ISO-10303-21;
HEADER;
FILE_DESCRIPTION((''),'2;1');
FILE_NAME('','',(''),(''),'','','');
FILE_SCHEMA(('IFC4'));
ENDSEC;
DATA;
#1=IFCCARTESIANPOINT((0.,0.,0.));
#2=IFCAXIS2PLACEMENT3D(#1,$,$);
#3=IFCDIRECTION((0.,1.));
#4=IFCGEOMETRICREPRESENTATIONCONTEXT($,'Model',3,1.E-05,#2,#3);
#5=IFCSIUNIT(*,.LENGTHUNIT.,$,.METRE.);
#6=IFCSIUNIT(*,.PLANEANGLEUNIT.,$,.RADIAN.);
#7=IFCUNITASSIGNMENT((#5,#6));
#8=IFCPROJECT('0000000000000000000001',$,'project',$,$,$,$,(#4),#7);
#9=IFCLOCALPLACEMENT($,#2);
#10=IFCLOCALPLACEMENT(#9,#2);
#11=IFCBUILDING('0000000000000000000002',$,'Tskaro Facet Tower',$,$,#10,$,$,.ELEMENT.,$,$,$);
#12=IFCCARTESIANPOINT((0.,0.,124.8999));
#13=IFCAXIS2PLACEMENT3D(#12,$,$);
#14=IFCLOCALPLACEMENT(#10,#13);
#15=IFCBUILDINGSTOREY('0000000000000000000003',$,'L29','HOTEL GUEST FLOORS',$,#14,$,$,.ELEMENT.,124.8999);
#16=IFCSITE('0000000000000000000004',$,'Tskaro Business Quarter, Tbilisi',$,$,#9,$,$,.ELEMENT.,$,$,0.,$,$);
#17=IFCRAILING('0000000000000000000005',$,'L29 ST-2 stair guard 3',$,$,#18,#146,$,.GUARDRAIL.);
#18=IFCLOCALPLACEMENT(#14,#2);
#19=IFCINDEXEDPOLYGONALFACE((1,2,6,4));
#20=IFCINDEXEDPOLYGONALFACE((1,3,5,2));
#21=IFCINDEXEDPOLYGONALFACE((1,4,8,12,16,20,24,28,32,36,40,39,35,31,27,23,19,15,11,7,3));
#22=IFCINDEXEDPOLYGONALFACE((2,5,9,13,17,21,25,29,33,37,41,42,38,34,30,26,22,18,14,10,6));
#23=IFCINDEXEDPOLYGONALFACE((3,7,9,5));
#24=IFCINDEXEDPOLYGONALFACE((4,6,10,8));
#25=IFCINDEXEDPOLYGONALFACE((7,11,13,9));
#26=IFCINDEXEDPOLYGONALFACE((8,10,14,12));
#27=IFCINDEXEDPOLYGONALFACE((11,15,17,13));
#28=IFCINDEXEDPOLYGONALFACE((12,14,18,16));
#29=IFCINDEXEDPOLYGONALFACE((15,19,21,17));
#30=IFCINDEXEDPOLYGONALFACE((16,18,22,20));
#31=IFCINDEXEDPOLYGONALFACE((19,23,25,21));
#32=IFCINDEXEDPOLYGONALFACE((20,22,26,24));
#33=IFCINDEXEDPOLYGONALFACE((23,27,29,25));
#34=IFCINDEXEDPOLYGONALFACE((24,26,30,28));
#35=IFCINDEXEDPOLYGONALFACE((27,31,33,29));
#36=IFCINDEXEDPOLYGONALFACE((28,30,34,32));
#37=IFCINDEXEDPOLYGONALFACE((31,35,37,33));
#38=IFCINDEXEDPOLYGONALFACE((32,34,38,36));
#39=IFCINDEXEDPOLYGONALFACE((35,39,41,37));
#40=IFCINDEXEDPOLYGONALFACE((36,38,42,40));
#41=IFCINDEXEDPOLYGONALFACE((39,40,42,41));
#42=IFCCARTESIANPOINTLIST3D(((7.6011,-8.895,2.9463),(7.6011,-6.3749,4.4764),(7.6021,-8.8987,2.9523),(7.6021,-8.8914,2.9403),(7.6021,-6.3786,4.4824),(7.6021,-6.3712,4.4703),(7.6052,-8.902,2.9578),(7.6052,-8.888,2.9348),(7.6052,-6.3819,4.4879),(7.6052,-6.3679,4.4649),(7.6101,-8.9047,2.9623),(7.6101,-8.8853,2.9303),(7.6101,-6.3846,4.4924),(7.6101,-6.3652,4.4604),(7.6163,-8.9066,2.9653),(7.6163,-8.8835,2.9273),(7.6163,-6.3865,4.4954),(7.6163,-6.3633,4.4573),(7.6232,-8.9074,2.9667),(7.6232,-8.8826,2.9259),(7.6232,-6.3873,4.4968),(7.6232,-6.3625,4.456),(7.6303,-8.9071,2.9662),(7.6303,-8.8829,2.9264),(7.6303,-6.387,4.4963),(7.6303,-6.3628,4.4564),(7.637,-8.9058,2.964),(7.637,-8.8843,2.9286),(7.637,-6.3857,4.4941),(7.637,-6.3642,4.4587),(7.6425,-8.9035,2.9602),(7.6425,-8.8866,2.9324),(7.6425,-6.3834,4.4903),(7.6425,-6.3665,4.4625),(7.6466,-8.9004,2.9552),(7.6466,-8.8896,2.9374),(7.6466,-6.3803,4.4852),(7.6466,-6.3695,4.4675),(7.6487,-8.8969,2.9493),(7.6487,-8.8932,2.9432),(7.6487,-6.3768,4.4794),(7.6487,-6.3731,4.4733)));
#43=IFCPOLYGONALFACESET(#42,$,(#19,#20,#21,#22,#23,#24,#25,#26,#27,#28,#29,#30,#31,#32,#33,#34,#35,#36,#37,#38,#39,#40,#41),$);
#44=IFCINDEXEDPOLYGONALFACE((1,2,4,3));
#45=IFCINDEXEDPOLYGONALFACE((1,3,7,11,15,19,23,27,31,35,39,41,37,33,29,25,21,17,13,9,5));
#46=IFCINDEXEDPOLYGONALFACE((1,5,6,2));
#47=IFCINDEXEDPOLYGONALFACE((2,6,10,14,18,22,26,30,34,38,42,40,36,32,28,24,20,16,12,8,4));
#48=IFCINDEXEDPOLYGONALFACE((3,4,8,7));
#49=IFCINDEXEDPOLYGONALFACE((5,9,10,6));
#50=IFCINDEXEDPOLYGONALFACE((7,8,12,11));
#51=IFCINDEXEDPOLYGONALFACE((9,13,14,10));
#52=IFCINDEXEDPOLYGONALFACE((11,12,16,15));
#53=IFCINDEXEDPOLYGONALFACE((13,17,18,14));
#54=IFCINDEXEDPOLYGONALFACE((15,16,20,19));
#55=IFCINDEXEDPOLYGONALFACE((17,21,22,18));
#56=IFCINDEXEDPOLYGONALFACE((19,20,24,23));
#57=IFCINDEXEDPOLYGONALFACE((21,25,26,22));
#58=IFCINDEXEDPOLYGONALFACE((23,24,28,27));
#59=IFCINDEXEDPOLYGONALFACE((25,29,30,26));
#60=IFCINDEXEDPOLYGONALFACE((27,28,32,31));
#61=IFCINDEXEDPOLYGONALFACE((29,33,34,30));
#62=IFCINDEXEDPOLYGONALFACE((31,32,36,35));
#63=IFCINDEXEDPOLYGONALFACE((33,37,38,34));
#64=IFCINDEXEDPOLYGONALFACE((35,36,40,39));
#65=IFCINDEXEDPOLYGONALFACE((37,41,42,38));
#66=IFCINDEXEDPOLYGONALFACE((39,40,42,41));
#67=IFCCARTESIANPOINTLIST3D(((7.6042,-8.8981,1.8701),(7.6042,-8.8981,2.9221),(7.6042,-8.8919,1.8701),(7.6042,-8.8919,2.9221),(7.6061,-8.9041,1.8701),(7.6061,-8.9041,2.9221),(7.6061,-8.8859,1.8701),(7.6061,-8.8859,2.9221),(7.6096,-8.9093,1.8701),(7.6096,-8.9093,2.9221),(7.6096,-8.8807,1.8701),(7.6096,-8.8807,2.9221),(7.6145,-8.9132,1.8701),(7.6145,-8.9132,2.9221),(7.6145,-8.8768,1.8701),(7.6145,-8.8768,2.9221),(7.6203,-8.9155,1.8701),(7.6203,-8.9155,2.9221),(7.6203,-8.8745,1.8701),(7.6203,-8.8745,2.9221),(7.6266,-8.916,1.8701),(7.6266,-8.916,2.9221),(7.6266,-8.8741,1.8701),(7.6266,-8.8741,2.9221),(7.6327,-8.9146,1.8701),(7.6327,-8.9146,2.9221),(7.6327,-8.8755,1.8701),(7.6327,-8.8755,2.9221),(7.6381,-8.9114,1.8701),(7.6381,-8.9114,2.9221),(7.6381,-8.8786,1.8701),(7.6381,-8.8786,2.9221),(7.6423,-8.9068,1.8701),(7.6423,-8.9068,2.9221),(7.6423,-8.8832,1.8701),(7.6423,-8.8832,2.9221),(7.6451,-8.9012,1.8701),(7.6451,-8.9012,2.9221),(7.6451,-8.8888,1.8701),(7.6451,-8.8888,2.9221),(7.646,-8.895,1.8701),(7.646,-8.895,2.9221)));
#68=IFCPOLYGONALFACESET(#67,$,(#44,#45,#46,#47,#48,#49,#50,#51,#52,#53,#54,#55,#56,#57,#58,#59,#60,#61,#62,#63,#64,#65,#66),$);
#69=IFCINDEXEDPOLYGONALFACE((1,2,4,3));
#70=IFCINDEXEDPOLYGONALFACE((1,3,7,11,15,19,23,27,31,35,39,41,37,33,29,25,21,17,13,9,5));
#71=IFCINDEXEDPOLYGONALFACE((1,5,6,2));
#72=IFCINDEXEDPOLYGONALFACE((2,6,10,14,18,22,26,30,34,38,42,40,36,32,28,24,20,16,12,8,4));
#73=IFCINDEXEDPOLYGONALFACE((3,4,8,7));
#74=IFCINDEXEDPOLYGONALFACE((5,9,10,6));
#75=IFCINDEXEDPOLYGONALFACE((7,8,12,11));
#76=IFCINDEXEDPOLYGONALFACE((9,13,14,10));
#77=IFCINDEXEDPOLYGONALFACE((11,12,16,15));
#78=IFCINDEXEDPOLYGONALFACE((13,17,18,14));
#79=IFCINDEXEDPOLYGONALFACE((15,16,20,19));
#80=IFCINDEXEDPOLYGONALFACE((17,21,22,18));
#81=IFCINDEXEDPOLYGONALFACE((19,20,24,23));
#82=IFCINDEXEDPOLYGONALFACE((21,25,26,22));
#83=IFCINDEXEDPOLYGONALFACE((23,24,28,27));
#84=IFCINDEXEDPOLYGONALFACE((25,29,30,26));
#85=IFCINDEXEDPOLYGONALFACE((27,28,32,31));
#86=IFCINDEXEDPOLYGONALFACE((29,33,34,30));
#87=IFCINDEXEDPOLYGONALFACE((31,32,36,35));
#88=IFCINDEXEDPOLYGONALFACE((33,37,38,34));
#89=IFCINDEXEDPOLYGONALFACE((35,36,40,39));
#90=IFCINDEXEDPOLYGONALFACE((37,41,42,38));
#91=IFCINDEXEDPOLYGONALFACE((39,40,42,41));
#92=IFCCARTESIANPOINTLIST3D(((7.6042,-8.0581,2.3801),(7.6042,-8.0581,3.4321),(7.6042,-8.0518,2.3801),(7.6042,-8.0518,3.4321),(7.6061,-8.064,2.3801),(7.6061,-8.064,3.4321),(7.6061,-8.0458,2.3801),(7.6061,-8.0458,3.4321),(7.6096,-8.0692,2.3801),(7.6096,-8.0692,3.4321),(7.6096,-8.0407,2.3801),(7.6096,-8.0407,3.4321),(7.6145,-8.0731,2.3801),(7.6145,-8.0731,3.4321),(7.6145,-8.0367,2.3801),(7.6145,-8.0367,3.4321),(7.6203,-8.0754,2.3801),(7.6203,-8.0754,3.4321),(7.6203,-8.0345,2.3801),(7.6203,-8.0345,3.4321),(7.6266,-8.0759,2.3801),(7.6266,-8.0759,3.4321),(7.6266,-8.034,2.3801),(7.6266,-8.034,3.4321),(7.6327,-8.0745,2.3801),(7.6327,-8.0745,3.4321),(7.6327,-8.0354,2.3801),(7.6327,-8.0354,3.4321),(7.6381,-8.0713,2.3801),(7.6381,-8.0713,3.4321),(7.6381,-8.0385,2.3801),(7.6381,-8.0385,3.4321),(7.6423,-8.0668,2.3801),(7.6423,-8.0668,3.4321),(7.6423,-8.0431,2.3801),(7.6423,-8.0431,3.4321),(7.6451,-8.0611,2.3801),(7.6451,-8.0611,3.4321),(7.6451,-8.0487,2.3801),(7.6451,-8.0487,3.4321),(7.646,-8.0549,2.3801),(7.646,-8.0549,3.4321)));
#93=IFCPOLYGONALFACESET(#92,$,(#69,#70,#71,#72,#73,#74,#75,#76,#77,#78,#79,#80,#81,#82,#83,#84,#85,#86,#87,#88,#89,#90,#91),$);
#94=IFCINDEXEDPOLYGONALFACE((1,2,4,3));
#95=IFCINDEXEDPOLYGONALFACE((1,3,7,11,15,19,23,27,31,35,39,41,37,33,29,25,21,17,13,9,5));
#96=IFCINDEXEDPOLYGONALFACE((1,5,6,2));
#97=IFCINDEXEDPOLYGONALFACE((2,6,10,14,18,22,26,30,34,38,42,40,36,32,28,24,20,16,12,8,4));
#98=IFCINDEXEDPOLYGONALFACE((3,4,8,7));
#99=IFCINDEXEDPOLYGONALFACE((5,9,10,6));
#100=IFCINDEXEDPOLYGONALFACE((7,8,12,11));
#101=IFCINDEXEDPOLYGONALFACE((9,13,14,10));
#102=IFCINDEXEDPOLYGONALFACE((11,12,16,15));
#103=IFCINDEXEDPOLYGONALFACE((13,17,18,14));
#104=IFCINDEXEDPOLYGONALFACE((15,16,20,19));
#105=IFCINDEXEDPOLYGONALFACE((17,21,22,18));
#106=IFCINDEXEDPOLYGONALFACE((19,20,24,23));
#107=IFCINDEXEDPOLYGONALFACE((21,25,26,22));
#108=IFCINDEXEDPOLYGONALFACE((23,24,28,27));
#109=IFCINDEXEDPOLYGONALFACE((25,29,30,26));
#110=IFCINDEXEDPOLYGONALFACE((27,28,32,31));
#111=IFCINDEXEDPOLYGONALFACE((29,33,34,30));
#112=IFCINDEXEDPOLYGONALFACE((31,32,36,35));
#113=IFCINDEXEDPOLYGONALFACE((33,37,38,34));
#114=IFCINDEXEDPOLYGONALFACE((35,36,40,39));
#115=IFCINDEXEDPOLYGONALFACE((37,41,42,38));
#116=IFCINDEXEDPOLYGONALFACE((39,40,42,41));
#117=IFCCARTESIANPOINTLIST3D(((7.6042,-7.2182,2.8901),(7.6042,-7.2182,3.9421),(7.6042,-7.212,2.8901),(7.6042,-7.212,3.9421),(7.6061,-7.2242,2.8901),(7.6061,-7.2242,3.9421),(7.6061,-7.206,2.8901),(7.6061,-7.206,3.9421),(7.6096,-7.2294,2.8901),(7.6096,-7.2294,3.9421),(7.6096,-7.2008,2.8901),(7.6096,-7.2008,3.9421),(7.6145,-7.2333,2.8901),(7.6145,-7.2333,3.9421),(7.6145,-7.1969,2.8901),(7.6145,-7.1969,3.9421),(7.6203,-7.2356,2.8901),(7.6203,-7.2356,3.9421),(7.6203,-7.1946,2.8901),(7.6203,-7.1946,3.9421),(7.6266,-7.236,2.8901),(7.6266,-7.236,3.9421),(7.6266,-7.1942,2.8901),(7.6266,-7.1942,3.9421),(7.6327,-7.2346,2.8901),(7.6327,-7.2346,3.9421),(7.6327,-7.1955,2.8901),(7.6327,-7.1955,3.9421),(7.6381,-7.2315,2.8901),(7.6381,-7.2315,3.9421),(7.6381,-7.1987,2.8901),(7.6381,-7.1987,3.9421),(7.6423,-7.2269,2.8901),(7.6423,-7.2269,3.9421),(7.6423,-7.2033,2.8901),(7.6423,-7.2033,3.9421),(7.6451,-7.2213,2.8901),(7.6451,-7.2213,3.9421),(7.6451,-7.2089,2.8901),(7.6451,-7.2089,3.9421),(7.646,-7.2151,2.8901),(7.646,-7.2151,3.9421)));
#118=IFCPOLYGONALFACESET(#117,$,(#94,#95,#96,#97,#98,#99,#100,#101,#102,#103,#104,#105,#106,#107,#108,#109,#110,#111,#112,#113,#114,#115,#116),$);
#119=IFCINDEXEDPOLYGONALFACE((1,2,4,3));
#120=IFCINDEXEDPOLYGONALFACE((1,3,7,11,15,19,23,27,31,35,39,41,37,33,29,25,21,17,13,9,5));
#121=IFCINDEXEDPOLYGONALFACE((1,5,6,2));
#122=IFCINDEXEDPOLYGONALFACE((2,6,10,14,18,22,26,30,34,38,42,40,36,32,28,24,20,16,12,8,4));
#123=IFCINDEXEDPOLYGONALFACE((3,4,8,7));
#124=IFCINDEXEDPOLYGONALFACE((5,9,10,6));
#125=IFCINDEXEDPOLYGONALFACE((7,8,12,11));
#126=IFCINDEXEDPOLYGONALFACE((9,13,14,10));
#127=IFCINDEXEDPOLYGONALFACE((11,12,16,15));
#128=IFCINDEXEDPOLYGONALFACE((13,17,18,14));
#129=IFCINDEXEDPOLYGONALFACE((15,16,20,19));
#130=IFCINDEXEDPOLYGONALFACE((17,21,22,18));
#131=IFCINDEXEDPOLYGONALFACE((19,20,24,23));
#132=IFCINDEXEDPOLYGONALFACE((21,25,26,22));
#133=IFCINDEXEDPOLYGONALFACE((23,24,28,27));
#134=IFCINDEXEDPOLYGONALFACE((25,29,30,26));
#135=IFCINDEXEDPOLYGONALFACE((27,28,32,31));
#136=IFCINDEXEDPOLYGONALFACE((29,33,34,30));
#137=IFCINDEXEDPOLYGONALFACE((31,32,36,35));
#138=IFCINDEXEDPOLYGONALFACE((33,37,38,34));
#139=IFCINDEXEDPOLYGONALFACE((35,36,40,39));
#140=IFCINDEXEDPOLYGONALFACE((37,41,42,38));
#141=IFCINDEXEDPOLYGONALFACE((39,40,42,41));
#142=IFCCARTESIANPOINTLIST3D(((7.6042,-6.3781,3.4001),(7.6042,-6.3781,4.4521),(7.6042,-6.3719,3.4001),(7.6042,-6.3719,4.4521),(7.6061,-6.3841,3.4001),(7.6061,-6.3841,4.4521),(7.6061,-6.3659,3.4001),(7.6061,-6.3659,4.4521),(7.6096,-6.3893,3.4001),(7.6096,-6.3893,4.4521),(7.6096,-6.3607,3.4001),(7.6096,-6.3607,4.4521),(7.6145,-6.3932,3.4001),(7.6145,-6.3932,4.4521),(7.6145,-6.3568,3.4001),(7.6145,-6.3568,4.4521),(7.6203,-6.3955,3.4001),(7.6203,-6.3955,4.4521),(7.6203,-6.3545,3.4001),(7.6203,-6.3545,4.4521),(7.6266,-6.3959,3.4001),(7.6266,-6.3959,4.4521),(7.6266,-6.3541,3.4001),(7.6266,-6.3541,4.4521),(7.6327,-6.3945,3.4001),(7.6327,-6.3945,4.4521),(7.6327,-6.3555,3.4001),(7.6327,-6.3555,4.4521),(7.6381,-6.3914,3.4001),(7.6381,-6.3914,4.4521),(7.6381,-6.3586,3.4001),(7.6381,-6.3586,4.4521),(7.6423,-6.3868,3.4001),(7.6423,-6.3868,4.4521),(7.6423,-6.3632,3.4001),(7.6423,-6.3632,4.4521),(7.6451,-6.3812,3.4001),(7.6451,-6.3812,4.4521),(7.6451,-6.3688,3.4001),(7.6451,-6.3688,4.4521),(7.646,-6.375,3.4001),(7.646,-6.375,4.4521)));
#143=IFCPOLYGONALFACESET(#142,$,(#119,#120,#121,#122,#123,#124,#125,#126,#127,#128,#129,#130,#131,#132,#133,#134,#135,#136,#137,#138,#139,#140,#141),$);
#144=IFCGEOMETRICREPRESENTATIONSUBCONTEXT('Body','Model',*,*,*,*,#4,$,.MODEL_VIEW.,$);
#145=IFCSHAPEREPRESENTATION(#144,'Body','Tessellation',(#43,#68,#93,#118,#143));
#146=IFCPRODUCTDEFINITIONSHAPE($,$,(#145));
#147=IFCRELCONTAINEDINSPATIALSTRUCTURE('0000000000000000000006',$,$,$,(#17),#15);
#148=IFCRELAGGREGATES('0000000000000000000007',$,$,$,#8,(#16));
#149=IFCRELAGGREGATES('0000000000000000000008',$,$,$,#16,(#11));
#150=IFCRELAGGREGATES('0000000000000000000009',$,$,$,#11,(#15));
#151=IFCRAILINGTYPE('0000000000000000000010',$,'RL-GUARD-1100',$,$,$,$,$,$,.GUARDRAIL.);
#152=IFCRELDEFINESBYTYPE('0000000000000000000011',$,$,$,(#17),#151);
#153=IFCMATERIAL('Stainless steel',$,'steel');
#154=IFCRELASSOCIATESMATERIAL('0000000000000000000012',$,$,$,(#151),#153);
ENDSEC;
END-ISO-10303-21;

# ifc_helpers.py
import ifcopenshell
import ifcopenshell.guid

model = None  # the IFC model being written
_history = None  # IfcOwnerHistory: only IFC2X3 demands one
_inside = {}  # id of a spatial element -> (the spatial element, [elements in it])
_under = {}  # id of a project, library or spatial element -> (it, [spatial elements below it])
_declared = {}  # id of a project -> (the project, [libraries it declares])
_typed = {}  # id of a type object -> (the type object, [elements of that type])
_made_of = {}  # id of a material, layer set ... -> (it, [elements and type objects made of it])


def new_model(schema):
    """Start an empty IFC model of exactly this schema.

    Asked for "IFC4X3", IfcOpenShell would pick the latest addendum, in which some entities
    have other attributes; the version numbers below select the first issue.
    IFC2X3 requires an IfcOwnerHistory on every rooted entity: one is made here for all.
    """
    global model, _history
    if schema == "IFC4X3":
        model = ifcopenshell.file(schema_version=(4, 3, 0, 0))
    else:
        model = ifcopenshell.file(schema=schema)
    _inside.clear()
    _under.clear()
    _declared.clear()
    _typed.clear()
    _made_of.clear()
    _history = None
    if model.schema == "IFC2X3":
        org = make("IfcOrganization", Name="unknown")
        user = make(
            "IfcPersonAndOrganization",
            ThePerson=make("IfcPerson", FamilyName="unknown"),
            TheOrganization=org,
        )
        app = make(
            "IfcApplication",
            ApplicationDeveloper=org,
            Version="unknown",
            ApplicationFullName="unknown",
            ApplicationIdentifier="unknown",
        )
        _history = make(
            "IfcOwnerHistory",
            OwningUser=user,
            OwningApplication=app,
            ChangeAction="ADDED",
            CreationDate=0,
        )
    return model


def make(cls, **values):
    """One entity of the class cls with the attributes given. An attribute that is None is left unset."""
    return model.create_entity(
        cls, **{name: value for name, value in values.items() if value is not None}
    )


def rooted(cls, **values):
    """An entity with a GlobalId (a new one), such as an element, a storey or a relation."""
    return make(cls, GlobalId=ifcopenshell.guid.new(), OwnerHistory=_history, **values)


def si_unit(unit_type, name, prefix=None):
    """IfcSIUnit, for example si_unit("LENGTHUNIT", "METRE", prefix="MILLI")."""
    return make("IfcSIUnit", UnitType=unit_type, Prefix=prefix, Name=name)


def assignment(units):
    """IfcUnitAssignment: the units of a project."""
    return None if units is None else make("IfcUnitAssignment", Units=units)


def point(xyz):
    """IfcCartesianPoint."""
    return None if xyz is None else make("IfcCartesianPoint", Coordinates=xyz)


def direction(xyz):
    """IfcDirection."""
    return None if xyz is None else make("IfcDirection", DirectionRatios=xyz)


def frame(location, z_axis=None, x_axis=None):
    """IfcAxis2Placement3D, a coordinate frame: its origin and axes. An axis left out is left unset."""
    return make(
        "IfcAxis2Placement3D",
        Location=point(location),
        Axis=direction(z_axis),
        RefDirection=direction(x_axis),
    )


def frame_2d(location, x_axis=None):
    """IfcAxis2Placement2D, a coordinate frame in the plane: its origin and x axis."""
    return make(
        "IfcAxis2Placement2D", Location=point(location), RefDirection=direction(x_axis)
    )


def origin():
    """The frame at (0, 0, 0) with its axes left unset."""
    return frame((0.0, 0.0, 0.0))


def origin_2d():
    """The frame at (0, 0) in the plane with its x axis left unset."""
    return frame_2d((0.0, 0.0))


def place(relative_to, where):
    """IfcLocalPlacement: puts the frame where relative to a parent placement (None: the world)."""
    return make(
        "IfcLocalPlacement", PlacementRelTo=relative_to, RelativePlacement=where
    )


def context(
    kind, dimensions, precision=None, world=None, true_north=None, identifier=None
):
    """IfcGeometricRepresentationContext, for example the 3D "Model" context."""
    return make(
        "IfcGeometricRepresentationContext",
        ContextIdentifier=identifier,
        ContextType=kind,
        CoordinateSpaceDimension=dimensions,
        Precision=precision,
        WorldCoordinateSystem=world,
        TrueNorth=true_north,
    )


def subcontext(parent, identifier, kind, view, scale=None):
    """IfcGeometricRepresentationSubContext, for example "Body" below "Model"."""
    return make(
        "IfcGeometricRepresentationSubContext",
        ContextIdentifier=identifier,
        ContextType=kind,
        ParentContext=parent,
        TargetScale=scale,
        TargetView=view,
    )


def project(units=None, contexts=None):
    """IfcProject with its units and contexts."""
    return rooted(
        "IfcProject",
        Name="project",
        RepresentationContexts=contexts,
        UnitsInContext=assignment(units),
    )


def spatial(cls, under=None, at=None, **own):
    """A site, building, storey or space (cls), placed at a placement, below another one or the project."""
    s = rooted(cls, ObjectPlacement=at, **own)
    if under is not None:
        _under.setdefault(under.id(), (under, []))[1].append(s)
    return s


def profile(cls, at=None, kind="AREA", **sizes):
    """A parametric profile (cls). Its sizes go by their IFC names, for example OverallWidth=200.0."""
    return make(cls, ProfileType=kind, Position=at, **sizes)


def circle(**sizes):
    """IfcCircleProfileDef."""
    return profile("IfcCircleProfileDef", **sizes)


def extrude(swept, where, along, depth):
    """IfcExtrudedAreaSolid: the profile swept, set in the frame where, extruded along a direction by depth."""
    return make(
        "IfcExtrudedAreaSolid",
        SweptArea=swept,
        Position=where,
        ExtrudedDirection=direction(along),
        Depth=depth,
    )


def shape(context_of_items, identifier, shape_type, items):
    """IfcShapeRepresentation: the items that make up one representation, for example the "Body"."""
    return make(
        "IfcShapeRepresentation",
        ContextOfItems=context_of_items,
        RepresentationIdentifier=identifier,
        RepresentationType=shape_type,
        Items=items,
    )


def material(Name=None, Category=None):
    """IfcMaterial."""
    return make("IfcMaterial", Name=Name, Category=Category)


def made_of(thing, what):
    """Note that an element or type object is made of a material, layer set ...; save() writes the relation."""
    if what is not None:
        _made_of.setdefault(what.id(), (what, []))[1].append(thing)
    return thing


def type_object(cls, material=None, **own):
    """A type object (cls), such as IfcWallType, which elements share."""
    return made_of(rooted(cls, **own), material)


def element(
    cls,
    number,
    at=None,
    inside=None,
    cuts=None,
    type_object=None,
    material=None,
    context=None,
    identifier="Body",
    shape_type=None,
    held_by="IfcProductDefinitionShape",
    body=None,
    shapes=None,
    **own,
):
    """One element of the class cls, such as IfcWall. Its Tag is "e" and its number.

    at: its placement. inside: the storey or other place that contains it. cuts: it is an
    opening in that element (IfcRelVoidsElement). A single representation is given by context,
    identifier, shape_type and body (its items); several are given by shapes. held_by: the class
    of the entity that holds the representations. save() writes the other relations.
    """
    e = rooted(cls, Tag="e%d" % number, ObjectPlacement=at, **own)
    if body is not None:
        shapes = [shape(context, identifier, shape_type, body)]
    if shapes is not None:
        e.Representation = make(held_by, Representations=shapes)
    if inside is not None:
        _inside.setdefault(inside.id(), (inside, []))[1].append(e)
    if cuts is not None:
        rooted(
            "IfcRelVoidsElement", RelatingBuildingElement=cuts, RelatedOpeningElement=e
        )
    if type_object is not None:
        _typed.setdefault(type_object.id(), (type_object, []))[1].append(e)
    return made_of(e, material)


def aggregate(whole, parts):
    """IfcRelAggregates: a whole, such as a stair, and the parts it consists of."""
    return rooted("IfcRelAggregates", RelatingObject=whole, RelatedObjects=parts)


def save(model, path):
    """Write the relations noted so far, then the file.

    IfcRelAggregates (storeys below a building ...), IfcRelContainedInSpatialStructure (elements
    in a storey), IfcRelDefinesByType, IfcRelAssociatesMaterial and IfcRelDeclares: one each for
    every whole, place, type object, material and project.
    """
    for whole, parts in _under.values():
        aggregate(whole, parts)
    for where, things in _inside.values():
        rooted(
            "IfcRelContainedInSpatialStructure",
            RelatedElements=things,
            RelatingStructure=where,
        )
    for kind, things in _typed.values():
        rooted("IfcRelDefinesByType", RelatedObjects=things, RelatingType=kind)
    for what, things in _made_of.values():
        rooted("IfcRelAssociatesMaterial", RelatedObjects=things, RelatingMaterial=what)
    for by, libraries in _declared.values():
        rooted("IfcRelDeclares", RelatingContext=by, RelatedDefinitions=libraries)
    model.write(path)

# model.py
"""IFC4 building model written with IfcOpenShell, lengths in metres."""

from ifc_helpers import new_model, si_unit, direction, frame, origin, origin_2d, place, context, subcontext, project, spatial, circle, extrude, material, type_object, element, save


model = new_model("IFC4")

# Units and contexts
model_context = context("Model", 3, precision=1e-05, world=origin(), true_north=direction((0.0, 1.0)))
body_context = subcontext(model_context, "Body", "Model", "MODEL_VIEW")
ifc_project = project(units=[si_unit("LENGTHUNIT", "METRE"), si_unit("PLANEANGLEUNIT", "RADIAN")], contexts=[model_context])

# Site, building, storey
site_placement = place(None, origin())
site = spatial("IfcSite", under=ifc_project, at=site_placement, Name="Tskaro Business Quarter, Tbilisi", CompositionType="ELEMENT", RefElevation=0.0)
building_placement = place(site_placement, origin())
building = spatial("IfcBuilding", under=site, at=building_placement, Name="Tskaro Facet Tower", CompositionType="ELEMENT")
storey_placement = place(building_placement, frame((0.0, 0.0, 124.8999)))
storey = spatial("IfcBuildingStorey", under=building, at=storey_placement, Name="L29", Description="HOTEL GUEST FLOORS", CompositionType="ELEMENT", Elevation=124.8999)

# Railing
ifc_material_1 = material(Name="Stainless steel", Category="steel")
railing_type_1 = type_object("IfcRailingType", Name="RL-GUARD-1100", PredefinedType="GUARDRAIL", material=ifc_material_1)
railing_1_placement = place(storey_placement, frame((7.625, -8.895, 1.8701)))
element("IfcRailing", 1, at=railing_1_placement, inside=storey, type_object=railing_type_1, Name="L29 ST-2 stair guard 3", PredefinedType="GUARDRAIL", context=body_context, shape_type="SweptSolid", body=[
    extrude(circle(Radius=0.0239, at=origin_2d()), frame((0.0, 0.0, 1.0762), z_axis=(0.0, 0.854785, 0.518982), x_axis=(-1.0, 0.0, 0.0)), (0.0, 0.0, 1.0), 2.9482),
    extrude(circle(Radius=0.021, at=origin_2d()), origin(), (0.0, 0.0, 1.0), 1.052),
    extrude(circle(Radius=0.021, at=origin_2d()), frame((0.0, 0.8401, 0.51)), (0.0, 0.0, 1.0), 1.052),
    extrude(circle(Radius=0.021, at=origin_2d()), frame((0.0, 1.6799, 1.02)), (0.0, 0.0, 1.0), 1.052),
    extrude(circle(Radius=0.021, at=origin_2d()), frame((0.0, 2.52, 1.53)), (0.0, 0.0, 1.0), 1.052),
])

save(model, "model.ifc")
